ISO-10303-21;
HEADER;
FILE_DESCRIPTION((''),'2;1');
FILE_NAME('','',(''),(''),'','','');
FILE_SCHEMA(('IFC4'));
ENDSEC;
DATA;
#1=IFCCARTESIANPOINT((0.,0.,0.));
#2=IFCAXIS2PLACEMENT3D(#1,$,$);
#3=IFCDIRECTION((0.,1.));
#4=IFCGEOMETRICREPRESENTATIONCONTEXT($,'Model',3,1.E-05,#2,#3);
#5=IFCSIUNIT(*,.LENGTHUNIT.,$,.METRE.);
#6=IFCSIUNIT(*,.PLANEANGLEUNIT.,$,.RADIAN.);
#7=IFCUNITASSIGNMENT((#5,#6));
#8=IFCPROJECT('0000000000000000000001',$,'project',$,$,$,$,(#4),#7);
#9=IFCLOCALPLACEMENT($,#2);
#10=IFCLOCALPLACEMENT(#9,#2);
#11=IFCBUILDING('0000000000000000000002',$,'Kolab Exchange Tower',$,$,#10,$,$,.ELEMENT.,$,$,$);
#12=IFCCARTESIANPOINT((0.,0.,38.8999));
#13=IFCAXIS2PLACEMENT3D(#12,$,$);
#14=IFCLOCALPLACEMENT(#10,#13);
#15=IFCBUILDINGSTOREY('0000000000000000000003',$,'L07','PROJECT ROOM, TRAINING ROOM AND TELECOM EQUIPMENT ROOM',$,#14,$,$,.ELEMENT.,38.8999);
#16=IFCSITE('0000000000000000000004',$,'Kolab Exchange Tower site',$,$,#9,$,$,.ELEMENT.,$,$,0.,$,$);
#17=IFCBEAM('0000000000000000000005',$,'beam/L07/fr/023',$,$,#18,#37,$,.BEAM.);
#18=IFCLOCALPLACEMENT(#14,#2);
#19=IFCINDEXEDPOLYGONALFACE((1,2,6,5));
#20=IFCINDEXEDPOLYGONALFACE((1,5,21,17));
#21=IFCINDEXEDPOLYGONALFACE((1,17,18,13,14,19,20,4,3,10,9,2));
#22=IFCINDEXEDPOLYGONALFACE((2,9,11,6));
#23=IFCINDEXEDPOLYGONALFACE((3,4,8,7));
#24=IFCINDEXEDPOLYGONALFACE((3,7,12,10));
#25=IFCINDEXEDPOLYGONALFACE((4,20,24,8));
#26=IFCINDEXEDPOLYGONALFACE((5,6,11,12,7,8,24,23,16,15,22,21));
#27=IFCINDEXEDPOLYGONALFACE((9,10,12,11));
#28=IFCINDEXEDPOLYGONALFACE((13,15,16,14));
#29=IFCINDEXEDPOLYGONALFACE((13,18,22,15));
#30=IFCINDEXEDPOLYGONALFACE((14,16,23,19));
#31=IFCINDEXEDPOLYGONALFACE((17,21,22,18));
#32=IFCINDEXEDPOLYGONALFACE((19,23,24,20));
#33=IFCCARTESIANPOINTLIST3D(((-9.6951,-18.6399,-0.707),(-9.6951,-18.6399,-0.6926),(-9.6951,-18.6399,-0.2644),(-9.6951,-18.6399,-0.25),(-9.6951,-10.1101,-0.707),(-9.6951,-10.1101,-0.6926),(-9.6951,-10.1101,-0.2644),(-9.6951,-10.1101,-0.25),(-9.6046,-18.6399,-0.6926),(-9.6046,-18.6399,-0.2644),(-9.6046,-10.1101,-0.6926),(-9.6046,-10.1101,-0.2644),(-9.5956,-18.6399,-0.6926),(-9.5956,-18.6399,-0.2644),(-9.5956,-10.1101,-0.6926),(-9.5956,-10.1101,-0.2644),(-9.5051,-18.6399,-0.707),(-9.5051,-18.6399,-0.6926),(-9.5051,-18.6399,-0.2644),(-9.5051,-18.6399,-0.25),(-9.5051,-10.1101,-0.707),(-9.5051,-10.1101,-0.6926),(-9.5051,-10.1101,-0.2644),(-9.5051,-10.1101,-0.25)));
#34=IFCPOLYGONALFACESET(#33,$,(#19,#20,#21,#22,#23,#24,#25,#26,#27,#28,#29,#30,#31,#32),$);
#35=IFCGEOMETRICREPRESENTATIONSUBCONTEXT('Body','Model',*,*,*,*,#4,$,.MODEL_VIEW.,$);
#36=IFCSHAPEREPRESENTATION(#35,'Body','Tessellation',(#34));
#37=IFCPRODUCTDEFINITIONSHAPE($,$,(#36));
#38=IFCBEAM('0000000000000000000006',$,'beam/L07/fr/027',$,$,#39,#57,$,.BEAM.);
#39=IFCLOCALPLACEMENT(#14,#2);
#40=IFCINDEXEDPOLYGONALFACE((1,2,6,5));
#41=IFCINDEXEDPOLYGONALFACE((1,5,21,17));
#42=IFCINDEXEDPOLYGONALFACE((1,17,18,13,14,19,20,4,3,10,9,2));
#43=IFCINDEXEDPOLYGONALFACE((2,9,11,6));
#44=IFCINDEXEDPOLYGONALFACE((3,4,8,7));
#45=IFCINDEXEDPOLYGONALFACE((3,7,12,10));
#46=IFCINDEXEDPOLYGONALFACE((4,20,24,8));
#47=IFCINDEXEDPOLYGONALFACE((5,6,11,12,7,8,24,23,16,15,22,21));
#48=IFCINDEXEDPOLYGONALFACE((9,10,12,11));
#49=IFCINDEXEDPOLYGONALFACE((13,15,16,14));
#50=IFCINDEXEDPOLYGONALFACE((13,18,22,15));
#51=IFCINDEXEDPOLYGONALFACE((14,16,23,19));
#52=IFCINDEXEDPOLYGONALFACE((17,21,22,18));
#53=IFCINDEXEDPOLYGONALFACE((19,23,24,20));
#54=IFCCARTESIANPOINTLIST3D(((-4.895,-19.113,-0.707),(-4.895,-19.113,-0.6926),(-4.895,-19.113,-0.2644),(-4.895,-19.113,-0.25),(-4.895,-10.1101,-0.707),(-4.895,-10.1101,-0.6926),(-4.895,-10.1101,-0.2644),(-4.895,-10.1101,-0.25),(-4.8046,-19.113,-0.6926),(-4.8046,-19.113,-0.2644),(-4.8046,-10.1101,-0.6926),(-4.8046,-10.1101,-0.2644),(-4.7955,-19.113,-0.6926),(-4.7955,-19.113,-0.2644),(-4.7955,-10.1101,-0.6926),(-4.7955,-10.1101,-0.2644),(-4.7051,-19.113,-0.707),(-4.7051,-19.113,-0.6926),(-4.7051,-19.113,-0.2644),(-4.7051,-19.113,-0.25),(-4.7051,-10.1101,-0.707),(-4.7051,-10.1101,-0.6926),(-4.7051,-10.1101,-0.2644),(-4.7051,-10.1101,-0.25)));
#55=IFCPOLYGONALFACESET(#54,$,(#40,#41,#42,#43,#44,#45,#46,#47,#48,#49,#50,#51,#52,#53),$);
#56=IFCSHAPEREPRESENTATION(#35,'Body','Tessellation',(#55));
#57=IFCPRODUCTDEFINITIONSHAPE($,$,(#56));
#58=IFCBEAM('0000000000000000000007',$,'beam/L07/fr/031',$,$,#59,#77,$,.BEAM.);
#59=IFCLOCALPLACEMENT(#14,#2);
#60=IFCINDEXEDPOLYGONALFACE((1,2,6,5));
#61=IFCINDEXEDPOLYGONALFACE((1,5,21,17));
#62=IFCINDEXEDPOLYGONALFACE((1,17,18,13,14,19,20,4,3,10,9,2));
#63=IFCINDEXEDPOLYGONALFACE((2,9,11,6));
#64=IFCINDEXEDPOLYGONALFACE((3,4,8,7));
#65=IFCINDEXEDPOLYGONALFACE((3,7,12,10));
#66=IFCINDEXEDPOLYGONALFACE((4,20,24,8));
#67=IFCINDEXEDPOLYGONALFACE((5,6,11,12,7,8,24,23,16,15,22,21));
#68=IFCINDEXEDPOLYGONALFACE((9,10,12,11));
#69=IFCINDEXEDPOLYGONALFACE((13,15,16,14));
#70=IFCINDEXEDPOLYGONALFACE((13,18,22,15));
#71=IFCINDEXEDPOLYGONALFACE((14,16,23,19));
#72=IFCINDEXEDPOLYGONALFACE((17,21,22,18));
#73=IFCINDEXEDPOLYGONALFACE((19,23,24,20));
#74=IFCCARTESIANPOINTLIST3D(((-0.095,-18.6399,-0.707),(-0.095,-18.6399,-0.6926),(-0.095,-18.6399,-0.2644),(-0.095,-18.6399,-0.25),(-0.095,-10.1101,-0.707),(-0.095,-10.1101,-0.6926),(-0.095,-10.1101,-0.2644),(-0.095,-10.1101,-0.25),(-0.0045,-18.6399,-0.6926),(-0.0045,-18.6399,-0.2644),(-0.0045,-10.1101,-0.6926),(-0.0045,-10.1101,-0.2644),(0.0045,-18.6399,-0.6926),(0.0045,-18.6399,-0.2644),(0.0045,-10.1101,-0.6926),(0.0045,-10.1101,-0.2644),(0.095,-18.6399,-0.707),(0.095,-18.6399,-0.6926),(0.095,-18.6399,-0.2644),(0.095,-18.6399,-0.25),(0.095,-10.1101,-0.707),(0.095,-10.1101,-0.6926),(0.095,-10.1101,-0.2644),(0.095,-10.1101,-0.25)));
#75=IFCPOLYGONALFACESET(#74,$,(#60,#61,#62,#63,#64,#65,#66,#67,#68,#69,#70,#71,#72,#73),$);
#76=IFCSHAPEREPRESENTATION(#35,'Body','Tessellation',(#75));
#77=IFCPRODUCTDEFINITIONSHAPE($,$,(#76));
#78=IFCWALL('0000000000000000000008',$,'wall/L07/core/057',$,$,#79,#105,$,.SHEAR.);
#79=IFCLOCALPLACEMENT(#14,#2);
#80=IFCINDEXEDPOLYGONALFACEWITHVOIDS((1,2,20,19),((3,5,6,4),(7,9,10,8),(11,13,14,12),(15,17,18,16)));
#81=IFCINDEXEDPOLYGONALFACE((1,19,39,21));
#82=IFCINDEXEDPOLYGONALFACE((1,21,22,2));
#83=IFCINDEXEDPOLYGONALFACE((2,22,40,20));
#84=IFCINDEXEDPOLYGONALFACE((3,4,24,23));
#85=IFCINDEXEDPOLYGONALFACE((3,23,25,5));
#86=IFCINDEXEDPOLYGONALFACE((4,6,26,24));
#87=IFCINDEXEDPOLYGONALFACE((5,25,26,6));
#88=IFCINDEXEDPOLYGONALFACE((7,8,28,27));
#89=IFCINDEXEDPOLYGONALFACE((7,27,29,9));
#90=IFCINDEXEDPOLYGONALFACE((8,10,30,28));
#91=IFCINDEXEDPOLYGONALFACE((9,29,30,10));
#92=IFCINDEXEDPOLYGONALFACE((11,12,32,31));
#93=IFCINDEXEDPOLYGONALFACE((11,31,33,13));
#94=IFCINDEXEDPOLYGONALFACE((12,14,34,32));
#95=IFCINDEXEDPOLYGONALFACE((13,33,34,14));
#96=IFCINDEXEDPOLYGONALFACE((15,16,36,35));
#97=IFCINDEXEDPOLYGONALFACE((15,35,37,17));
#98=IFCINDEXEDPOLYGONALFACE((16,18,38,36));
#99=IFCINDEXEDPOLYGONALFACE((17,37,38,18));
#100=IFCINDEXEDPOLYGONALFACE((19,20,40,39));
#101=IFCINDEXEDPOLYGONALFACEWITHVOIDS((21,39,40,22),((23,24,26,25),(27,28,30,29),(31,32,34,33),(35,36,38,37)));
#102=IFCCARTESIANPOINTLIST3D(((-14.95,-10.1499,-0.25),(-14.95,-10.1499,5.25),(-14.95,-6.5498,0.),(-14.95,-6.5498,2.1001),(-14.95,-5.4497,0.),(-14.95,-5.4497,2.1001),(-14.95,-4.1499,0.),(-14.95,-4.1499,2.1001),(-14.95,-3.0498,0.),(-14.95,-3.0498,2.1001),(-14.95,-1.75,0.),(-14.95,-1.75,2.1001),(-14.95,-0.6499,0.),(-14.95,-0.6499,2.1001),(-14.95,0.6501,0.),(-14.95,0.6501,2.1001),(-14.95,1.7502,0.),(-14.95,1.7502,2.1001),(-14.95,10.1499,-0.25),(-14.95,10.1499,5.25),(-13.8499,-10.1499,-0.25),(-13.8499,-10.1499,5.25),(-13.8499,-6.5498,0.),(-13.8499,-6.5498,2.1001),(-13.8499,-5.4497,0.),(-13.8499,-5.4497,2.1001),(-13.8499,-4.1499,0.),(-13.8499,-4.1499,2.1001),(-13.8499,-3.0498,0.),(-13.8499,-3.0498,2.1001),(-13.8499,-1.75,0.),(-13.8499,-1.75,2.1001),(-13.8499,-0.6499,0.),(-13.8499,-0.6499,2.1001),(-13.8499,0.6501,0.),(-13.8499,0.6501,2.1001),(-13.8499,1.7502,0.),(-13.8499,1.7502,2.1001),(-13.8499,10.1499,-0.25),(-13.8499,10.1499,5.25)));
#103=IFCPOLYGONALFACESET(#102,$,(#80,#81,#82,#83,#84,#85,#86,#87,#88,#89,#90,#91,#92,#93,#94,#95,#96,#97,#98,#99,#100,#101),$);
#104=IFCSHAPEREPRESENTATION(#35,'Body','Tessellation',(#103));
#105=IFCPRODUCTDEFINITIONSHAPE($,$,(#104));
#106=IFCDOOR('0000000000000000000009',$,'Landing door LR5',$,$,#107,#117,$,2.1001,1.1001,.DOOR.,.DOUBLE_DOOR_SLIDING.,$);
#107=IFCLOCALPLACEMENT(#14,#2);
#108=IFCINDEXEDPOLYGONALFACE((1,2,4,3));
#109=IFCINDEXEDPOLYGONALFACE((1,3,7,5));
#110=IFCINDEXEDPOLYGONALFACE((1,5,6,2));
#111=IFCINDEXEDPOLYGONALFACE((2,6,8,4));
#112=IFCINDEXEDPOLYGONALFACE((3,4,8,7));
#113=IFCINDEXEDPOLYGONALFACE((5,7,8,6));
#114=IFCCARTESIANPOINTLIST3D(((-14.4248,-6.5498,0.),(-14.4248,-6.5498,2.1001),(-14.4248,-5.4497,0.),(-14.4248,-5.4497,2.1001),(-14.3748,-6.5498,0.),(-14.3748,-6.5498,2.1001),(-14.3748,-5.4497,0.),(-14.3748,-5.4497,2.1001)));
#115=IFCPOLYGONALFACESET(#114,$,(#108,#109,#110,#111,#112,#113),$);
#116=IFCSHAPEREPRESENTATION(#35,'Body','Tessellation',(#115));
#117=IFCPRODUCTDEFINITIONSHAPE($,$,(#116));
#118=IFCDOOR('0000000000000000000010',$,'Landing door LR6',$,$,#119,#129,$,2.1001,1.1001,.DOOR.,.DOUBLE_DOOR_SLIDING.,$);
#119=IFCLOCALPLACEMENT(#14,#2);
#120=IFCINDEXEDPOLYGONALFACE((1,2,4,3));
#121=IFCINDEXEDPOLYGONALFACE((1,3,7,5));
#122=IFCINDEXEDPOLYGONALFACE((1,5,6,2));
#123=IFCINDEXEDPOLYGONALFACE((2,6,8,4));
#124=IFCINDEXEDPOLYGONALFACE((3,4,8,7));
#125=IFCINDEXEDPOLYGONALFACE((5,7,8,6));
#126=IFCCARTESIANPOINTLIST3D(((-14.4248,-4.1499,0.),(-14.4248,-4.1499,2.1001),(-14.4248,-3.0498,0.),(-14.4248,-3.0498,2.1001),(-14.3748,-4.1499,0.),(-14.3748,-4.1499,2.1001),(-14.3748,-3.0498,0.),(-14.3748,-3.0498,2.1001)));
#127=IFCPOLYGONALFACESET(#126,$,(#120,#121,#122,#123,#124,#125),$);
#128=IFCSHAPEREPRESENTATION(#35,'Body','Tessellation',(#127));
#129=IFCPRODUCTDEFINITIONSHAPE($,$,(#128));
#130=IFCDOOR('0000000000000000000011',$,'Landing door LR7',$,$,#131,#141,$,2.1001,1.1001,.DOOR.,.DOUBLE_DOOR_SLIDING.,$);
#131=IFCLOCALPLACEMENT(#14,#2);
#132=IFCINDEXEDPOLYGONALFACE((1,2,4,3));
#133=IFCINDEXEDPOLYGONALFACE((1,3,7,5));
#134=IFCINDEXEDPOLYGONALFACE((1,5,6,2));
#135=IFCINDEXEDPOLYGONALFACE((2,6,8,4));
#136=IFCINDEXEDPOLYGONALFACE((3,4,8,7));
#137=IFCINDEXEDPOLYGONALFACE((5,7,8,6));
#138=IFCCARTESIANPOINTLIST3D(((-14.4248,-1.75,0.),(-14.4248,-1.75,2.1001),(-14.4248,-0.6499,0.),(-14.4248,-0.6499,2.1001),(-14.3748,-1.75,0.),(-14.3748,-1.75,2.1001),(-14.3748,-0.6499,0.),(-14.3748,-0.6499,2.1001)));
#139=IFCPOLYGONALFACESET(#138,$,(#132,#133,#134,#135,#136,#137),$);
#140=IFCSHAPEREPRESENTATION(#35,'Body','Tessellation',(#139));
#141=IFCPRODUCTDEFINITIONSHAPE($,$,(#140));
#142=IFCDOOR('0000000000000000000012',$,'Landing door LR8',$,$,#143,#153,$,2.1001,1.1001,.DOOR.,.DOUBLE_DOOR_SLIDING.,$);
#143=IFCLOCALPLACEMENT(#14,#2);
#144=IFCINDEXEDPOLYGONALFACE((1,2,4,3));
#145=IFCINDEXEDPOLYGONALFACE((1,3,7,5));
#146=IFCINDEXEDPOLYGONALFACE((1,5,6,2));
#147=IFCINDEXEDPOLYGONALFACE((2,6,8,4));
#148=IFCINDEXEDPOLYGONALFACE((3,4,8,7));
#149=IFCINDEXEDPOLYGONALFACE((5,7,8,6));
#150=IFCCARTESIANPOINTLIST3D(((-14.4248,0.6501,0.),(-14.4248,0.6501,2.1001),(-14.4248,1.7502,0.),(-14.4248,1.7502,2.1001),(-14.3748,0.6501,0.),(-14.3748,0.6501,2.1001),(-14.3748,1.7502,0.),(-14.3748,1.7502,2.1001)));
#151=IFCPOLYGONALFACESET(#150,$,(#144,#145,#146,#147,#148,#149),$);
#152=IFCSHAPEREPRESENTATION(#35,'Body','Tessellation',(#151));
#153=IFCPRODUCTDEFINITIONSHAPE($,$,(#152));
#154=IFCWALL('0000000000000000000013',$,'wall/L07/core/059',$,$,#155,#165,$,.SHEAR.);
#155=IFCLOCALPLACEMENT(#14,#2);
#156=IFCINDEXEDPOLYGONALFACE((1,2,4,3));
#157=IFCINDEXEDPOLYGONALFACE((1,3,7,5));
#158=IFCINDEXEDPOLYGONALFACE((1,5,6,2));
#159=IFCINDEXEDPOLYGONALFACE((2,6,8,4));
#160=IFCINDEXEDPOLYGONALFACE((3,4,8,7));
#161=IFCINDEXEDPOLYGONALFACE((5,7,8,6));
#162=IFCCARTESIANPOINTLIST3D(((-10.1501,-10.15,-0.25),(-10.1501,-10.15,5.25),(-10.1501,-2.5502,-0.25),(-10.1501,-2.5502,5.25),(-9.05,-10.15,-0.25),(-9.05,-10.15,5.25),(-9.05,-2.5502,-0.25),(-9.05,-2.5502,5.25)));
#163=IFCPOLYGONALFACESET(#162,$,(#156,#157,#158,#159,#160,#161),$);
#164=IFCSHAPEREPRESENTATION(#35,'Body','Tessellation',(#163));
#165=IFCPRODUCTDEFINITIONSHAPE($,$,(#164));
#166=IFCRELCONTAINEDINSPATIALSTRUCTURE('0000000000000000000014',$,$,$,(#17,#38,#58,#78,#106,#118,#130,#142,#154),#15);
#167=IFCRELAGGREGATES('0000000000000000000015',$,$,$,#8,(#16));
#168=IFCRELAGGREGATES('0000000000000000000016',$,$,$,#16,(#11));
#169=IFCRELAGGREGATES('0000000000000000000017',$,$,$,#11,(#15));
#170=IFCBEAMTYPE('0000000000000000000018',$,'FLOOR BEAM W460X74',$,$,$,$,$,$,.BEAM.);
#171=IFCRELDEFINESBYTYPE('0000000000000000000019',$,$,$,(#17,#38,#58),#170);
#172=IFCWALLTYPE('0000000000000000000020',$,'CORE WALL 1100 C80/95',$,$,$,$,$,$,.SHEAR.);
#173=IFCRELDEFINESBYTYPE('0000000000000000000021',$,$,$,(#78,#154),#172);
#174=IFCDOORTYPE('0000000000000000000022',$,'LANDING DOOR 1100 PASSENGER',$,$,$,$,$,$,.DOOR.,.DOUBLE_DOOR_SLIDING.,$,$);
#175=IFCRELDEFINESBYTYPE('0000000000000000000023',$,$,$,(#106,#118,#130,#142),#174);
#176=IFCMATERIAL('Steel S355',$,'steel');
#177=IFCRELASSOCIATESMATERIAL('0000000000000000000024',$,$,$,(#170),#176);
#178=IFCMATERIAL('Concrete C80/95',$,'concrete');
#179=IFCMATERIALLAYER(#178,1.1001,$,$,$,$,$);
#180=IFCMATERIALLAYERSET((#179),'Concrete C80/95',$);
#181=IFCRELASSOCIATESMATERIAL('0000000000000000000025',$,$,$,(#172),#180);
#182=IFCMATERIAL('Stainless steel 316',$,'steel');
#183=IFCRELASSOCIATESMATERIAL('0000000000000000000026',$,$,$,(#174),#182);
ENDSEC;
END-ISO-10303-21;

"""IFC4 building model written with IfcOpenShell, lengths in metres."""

from ifc_helpers import new_model, si_unit, direction, frame, frame_2d, origin, origin_2d, place, context, subcontext, project, spatial, rectangle, i_section, extrude, material, layer, layer_set, material_profile, profile_set, type_object, element, fill, save


model = new_model("IFC4")

# Units and contexts
model_context = context("Model", 3, precision=1e-05, world=origin(), true_north=direction((0.0, 1.0)))
body_context = subcontext(model_context, "Body", "Model", "MODEL_VIEW")
ifc_project = project(units=[si_unit("LENGTHUNIT", "METRE"), si_unit("PLANEANGLEUNIT", "RADIAN")], contexts=[model_context])

# Site, building, storey
site_placement = place(None, origin())
site = spatial("IfcSite", under=ifc_project, at=site_placement, Name="Kolab Exchange Tower site", CompositionType="ELEMENT", RefElevation=0.0)
building_placement = place(site_placement, origin())
building = spatial("IfcBuilding", under=site, at=building_placement, Name="Kolab Exchange Tower", CompositionType="ELEMENT")
storey_placement = place(building_placement, frame((0.0, 0.0, 38.8999)))
storey = spatial("IfcBuildingStorey", under=building, at=storey_placement, Name="L07", Description="PROJECT ROOM, TRAINING ROOM AND TELECOM EQUIPMENT ROOM", CompositionType="ELEMENT", Elevation=38.8999)

# Beams
ifc_material_1 = material(Name="Steel S355", Category="steel")
ifc_material_profile = material_profile(ifc_material_1, i_section(OverallWidth=0.1899, OverallDepth=0.457, WebThickness=0.009, FlangeThickness=0.0144, at=origin_2d()), Name="W460X74")
ifc_profile_set = profile_set([ifc_material_profile], Name="Steel S355")
beam_type = type_object("IfcBeamType", Name="FLOOR BEAM W460X74", PredefinedType="BEAM", material=ifc_profile_set)
beam_1_placement = place(storey_placement, frame((-9.6001, -18.6399, -0.4785), z_axis=(0.0, 1.0, 0.0), x_axis=(-1.0, 0.0, 0.0)))
element("IfcBeam", 1, at=beam_1_placement, inside=storey, type_object=beam_type, Name="beam/L07/fr/023", PredefinedType="BEAM", context=body_context, shape_type="SweptSolid", body=[
    extrude(i_section(OverallWidth=0.1899, OverallDepth=0.457, WebThickness=0.009, FlangeThickness=0.0144, at=origin_2d()), origin(), (0.0, 0.0, 1.0), 8.5298),
])
beam_2_placement = place(storey_placement, frame((-4.8, -19.113, -0.4785), z_axis=(0.0, 1.0, 0.0), x_axis=(-1.0, 0.0, 0.0)))
element("IfcBeam", 2, at=beam_2_placement, inside=storey, type_object=beam_type, Name="beam/L07/fr/027", PredefinedType="BEAM", context=body_context, shape_type="SweptSolid", body=[
    extrude(i_section(OverallWidth=0.1899, OverallDepth=0.457, WebThickness=0.009, FlangeThickness=0.0144, at=origin_2d()), origin(), (0.0, 0.0, 1.0), 9.0029),
])
beam_3_placement = place(storey_placement, frame((0.0, -18.6399, -0.4785), z_axis=(0.0, 1.0, 0.0), x_axis=(-1.0, 0.0, 0.0)))
element("IfcBeam", 3, at=beam_3_placement, inside=storey, type_object=beam_type, Name="beam/L07/fr/031", PredefinedType="BEAM", context=body_context, shape_type="SweptSolid", body=[
    extrude(i_section(OverallWidth=0.1899, OverallDepth=0.457, WebThickness=0.009, FlangeThickness=0.0144, at=origin_2d()), origin(), (0.0, 0.0, 1.0), 8.5298),
])

# Wall, openings, doors
ifc_material_2 = material(Name="Concrete C80/95", Category="concrete")
ifc_layer_1 = layer(ifc_material_2, 1.1001)
ifc_layer_set_1 = layer_set([ifc_layer_1], Name="Concrete C80/95")
wall_type_1 = type_object("IfcWallType", Name="CORE WALL 1100 C80/95", PredefinedType="SHEAR", material=ifc_layer_set_1)
wall_1_placement = place(storey_placement, frame((-14.3999, -10.1499, -0.25), z_axis=(0.0, 0.0, 1.0), x_axis=(0.0, 1.0, 0.0)))
wall_1 = element("IfcWall", 4, at=wall_1_placement, inside=storey, type_object=wall_type_1, Name="wall/L07/core/057", PredefinedType="SHEAR", context=body_context, shape_type="SweptSolid", body=[
    extrude(rectangle(XDim=20.2998, YDim=1.1001, at=frame_2d((10.1499, 0.0))), origin(), (0.0, 0.0, 1.0), 5.5),
])
opening_1_placement = place(wall_1_placement, frame((3.6001, 0.0, 0.25)))
opening_1 = element("IfcOpeningElement", 5, at=opening_1_placement, cuts=wall_1, PredefinedType="OPENING", context=body_context, shape_type="SweptSolid", body=[
    extrude(rectangle(XDim=1.1001, YDim=2.1001, at=frame_2d((0.55, 1.05))), frame((0.0, 0.5601, 0.0), z_axis=(0.0, -1.0, 0.0), x_axis=(1.0, 0.0, 0.0)), (0.0, 0.0, 1.0), 1.1201),
])
opening_2_placement = place(wall_1_placement, frame((6.0, 0.0, 0.25)))
opening_2 = element("IfcOpeningElement", 6, at=opening_2_placement, cuts=wall_1, PredefinedType="OPENING", context=body_context, shape_type="SweptSolid", body=[
    extrude(rectangle(XDim=1.1001, YDim=2.1001, at=frame_2d((0.55, 1.05))), frame((0.0, 0.5601, 0.0), z_axis=(0.0, -1.0, 0.0), x_axis=(1.0, 0.0, 0.0)), (0.0, 0.0, 1.0), 1.1201),
])
opening_3_placement = place(wall_1_placement, frame((8.3999, 0.0, 0.25)))
opening_3 = element("IfcOpeningElement", 7, at=opening_3_placement, cuts=wall_1, PredefinedType="OPENING", context=body_context, shape_type="SweptSolid", body=[
    extrude(rectangle(XDim=1.1001, YDim=2.1001, at=frame_2d((0.55, 1.05))), frame((0.0, 0.5601, 0.0), z_axis=(0.0, -1.0, 0.0), x_axis=(1.0, 0.0, 0.0)), (0.0, 0.0, 1.0), 1.1201),
])
opening_4_placement = place(wall_1_placement, frame((10.8, 0.0, 0.25)))
opening_4 = element("IfcOpeningElement", 8, at=opening_4_placement, cuts=wall_1, PredefinedType="OPENING", context=body_context, shape_type="SweptSolid", body=[
    extrude(rectangle(XDim=1.1001, YDim=2.1001, at=frame_2d((0.55, 1.05))), frame((0.0, 0.5601, 0.0), z_axis=(0.0, -1.0, 0.0), x_axis=(1.0, 0.0, 0.0)), (0.0, 0.0, 1.0), 1.1201),
])
ifc_material_3 = material(Name="Stainless steel 316", Category="steel")
door_type_1 = type_object("IfcDoorType", Name="LANDING DOOR 1100 PASSENGER", OperationType="DOUBLE_DOOR_SLIDING", PredefinedType="DOOR", material=ifc_material_3)
door_1_placement = place(opening_1_placement, origin())
door_1 = element("IfcDoor", 9, at=door_1_placement, inside=storey, type_object=door_type_1, Name="Landing door LR5", OperationType="DOUBLE_DOOR_SLIDING", OverallHeight=2.1001, OverallWidth=1.1001, PredefinedType="DOOR", context=body_context, shape_type="SweptSolid", body=[
    extrude(rectangle(XDim=1.1001, YDim=2.1001, at=frame_2d((0.55, 1.05))), frame((0.0, 0.0249, 0.0), z_axis=(0.0, -1.0, 0.0), x_axis=(1.0, 0.0, 0.0)), (0.0, 0.0, 1.0), 0.05),
])
fill(opening_1, door_1)
door_2_placement = place(opening_2_placement, origin())
door_2 = element("IfcDoor", 10, at=door_2_placement, inside=storey, type_object=door_type_1, Name="Landing door LR6", OperationType="DOUBLE_DOOR_SLIDING", OverallHeight=2.1001, OverallWidth=1.1001, PredefinedType="DOOR", context=body_context, shape_type="SweptSolid", body=[
    extrude(rectangle(XDim=1.1001, YDim=2.1001, at=frame_2d((0.55, 1.05))), frame((0.0, 0.0249, 0.0), z_axis=(0.0, -1.0, 0.0), x_axis=(1.0, 0.0, 0.0)), (0.0, 0.0, 1.0), 0.05),
])
fill(opening_2, door_2)
door_3_placement = place(opening_3_placement, origin())
door_3 = element("IfcDoor", 11, at=door_3_placement, inside=storey, type_object=door_type_1, Name="Landing door LR7", OperationType="DOUBLE_DOOR_SLIDING", OverallHeight=2.1001, OverallWidth=1.1001, PredefinedType="DOOR", context=body_context, shape_type="SweptSolid", body=[
    extrude(rectangle(XDim=1.1001, YDim=2.1001, at=frame_2d((0.55, 1.05))), frame((0.0, 0.0249, 0.0), z_axis=(0.0, -1.0, 0.0), x_axis=(1.0, 0.0, 0.0)), (0.0, 0.0, 1.0), 0.05),
])
fill(opening_3, door_3)
door_4_placement = place(opening_4_placement, origin())
door_4 = element("IfcDoor", 12, at=door_4_placement, inside=storey, type_object=door_type_1, Name="Landing door LR8", OperationType="DOUBLE_DOOR_SLIDING", OverallHeight=2.1001, OverallWidth=1.1001, PredefinedType="DOOR", context=body_context, shape_type="SweptSolid", body=[
    extrude(rectangle(XDim=1.1001, YDim=2.1001, at=frame_2d((0.55, 1.05))), frame((0.0, 0.0249, 0.0), z_axis=(0.0, -1.0, 0.0), x_axis=(1.0, 0.0, 0.0)), (0.0, 0.0, 1.0), 0.05),
])
fill(opening_4, door_4)

# Wall
wall_2_placement = place(storey_placement, frame((-9.6001, -10.1499, -0.25), z_axis=(0.0, 0.0, 1.0), x_axis=(0.0, 1.0, 0.0)))
element("IfcWall", 13, at=wall_2_placement, inside=storey, type_object=wall_type_1, Name="wall/L07/core/059", PredefinedType="SHEAR", context=body_context, shape_type="SweptSolid", body=[
    extrude(rectangle(XDim=7.5999, YDim=1.1001, at=frame_2d((3.7998, 0.0))), origin(), (0.0, 0.0, 1.0), 5.5),
])

save(model, "model.ifc")
